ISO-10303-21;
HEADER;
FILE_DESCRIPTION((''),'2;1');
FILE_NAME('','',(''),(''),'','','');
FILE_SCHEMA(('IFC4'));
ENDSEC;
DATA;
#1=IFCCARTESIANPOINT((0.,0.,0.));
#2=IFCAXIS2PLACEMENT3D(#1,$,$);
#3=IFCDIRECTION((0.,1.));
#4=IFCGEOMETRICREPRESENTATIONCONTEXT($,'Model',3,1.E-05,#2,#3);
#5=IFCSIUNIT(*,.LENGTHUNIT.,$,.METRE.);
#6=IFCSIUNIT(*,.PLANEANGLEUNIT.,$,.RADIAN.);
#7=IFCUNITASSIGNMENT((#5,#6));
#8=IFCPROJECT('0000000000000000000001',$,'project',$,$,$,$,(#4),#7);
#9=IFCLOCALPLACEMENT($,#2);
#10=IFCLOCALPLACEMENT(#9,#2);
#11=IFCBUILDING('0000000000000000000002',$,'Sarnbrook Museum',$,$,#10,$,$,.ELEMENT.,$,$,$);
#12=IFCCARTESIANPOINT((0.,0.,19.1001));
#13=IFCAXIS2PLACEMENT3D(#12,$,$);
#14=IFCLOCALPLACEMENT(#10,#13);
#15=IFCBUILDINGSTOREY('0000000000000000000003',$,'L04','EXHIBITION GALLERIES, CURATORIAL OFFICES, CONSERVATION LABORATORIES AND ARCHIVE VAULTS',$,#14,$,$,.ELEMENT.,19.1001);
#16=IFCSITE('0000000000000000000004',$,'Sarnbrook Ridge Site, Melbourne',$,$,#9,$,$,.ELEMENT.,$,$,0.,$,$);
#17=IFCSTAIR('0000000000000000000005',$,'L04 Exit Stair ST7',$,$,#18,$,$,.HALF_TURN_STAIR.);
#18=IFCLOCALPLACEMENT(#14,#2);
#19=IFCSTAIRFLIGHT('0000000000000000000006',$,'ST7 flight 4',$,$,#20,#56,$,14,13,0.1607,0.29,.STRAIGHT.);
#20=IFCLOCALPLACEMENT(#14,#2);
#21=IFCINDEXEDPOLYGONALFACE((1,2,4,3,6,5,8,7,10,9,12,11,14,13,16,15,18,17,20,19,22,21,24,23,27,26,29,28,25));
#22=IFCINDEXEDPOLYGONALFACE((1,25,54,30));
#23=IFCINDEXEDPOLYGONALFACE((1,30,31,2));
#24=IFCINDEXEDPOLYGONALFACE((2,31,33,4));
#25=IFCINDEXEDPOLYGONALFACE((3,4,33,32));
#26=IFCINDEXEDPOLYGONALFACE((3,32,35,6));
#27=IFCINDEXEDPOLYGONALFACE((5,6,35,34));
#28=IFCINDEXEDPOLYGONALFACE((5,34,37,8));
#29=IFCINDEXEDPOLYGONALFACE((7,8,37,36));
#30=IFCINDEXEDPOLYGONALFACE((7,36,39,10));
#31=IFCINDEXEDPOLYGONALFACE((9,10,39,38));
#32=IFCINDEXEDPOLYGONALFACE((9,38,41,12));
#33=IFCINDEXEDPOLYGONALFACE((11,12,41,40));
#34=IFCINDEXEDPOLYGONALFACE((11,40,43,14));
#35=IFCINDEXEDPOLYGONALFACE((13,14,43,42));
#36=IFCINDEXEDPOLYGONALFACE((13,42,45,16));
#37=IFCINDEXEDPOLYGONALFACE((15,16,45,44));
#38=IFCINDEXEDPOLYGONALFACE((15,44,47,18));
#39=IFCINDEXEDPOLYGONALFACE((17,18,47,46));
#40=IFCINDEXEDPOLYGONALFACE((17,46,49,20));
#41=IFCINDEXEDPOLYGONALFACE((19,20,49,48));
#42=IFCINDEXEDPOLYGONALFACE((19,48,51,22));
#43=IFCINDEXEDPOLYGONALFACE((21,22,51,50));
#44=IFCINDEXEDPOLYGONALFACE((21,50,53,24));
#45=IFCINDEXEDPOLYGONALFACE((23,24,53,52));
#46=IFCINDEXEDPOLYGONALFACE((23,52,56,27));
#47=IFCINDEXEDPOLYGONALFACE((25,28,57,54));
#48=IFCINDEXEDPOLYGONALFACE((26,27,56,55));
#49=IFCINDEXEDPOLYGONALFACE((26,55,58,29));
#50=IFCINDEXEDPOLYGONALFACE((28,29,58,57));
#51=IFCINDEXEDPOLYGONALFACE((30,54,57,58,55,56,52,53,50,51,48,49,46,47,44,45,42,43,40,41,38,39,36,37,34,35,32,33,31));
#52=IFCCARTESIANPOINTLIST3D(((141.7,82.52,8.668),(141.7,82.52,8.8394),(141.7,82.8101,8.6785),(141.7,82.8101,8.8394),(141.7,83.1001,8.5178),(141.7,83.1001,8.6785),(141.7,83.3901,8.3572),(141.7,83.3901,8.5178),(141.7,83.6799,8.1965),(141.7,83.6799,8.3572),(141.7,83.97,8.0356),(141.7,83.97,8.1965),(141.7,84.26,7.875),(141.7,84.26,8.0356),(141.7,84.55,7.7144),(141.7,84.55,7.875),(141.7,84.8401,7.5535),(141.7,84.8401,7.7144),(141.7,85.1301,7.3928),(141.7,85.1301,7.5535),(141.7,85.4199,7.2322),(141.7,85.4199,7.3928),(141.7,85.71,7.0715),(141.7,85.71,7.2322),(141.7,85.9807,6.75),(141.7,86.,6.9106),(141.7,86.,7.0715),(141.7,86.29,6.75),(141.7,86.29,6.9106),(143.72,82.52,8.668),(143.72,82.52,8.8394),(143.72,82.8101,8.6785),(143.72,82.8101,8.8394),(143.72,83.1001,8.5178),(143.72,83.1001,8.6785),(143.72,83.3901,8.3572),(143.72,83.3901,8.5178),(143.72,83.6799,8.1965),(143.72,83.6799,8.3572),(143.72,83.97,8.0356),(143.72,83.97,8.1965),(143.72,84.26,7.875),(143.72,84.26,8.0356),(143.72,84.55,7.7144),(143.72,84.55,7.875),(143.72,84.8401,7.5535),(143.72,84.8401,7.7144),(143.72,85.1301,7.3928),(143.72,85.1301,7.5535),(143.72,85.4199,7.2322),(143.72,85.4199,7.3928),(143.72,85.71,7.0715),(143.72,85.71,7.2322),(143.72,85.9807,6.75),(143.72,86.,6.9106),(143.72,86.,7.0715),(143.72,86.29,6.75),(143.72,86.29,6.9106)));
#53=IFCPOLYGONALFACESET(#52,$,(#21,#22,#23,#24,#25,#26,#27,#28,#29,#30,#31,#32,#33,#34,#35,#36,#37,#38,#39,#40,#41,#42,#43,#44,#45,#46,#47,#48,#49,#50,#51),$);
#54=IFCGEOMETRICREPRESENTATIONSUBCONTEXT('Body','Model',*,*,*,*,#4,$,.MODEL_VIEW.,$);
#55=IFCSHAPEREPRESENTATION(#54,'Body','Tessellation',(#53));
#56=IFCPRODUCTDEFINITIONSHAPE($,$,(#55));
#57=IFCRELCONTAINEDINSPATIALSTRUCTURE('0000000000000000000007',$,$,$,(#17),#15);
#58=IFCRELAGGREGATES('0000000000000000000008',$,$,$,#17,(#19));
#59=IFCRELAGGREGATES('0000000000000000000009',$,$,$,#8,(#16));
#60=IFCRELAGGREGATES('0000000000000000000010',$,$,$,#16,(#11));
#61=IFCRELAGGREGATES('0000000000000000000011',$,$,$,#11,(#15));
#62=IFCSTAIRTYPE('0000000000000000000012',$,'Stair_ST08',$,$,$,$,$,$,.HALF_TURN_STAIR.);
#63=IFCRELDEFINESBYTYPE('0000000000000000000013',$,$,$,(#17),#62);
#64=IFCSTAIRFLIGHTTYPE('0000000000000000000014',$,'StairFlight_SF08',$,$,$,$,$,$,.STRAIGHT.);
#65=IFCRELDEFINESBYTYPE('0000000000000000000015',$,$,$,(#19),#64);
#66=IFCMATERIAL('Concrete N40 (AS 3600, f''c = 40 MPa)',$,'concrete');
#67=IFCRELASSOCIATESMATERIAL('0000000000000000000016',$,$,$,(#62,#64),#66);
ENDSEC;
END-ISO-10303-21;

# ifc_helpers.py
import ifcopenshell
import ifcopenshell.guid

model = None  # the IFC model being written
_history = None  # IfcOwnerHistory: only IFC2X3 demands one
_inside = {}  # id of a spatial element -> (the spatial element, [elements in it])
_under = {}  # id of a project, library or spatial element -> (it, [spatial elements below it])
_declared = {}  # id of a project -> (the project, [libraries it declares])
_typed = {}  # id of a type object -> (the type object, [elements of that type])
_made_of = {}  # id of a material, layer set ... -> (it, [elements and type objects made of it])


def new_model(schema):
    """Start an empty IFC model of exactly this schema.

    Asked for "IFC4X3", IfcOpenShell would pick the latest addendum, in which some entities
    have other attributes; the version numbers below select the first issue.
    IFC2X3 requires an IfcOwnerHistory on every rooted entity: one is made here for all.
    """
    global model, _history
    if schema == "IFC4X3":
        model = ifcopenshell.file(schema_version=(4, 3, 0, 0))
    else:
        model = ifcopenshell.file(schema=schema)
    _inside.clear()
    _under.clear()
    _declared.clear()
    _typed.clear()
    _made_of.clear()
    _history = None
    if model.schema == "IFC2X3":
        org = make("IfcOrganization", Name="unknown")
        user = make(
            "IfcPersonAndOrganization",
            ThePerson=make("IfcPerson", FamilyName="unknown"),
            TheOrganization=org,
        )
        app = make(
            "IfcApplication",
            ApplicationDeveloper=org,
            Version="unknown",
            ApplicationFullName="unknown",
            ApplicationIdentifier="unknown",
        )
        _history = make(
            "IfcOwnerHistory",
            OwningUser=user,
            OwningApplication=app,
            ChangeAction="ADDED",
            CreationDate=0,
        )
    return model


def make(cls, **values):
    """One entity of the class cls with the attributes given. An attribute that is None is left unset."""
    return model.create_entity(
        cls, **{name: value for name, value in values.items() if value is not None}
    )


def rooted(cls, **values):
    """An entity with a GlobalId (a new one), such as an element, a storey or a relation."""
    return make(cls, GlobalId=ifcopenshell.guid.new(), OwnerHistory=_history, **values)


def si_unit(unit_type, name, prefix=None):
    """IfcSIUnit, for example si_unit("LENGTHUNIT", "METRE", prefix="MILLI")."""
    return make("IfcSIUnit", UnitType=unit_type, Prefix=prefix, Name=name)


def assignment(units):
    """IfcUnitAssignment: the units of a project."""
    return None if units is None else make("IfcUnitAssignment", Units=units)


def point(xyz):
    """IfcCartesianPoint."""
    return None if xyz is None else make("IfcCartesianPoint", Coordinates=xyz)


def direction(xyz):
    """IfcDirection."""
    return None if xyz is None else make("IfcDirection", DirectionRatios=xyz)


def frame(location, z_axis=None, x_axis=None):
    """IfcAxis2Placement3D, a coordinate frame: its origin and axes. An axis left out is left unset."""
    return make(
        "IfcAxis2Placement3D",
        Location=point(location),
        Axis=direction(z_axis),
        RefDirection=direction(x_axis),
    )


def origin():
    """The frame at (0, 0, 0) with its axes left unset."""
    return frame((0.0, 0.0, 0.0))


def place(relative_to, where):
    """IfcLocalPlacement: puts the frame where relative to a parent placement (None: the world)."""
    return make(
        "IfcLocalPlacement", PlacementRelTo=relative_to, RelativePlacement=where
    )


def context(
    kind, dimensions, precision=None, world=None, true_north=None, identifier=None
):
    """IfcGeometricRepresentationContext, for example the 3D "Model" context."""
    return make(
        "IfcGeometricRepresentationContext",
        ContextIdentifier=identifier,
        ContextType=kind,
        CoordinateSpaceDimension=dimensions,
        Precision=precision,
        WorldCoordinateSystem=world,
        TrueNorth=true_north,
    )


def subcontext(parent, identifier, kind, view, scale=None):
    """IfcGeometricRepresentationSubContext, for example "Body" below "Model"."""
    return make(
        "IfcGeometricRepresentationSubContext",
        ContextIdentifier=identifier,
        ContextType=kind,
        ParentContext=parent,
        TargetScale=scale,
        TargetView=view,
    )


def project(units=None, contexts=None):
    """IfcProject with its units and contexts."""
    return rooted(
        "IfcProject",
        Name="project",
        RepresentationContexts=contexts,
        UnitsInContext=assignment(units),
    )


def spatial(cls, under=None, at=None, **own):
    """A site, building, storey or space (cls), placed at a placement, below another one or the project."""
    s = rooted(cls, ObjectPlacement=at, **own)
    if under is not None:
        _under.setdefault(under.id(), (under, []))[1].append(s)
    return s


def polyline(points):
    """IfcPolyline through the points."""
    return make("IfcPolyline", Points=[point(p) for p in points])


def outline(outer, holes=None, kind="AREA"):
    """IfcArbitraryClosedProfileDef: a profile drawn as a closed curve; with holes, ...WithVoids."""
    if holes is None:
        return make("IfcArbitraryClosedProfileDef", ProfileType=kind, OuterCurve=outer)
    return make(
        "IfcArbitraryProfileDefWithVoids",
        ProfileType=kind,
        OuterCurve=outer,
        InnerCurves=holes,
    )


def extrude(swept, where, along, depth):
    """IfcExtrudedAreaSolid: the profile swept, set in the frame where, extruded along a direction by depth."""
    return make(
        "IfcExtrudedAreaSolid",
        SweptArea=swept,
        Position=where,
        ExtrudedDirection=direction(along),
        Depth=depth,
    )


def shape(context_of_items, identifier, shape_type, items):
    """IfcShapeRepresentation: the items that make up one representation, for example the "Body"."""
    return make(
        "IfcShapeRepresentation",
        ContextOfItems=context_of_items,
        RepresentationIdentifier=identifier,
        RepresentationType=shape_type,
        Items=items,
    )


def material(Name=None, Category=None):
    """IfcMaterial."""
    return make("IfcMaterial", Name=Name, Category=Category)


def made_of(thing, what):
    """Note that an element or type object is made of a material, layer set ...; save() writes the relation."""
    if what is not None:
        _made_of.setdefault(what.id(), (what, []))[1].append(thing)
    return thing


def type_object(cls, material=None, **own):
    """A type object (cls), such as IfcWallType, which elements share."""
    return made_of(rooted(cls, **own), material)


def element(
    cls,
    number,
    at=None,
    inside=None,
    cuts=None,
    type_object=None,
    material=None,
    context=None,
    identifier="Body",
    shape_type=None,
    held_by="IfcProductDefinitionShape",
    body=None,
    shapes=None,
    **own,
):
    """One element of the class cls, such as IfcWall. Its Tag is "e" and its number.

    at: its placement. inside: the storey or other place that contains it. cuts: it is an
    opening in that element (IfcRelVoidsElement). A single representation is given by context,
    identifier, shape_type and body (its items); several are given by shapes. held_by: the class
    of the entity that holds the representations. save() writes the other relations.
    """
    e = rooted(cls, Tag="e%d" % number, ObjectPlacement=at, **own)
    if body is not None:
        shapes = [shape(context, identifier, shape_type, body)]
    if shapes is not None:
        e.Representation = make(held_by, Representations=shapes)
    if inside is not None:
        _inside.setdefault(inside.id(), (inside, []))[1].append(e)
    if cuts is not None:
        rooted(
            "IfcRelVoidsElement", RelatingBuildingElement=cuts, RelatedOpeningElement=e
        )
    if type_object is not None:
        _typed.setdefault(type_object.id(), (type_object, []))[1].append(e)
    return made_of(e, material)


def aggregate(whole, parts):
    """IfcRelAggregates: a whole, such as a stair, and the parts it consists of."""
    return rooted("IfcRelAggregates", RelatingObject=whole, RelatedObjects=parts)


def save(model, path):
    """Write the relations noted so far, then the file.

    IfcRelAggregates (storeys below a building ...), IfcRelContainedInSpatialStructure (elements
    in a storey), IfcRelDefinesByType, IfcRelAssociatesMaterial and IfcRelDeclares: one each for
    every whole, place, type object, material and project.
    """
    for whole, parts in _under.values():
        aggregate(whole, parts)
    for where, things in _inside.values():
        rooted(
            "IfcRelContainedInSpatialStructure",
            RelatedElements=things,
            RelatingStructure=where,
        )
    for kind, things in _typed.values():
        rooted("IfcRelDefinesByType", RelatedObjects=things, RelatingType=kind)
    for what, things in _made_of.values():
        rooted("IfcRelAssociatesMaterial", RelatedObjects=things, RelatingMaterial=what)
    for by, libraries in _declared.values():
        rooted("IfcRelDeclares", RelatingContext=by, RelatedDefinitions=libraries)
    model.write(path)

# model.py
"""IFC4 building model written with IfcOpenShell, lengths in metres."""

from ifc_helpers import new_model, si_unit, direction, frame, origin, place, context, subcontext, project, spatial, polyline, outline, extrude, material, type_object, element, aggregate, save


model = new_model("IFC4")

# Units and contexts
model_context = context("Model", 3, precision=1e-05, world=origin(), true_north=direction((0.0, 1.0)))
body_context = subcontext(model_context, "Body", "Model", "MODEL_VIEW")
ifc_project = project(units=[si_unit("LENGTHUNIT", "METRE"), si_unit("PLANEANGLEUNIT", "RADIAN")], contexts=[model_context])

# Site, building, storey
site_placement = place(None, origin())
site = spatial("IfcSite", under=ifc_project, at=site_placement, Name="Sarnbrook Ridge Site, Melbourne", CompositionType="ELEMENT", RefElevation=0.0)
building_placement = place(site_placement, origin())
building = spatial("IfcBuilding", under=site, at=building_placement, Name="Sarnbrook Museum", CompositionType="ELEMENT")
storey_placement = place(building_placement, frame((0.0, 0.0, 19.1001)))
storey = spatial("IfcBuildingStorey", under=building, at=storey_placement, Name="L04", Description="EXHIBITION GALLERIES, CURATORIAL OFFICES, CONSERVATION LABORATORIES AND ARCHIVE VAULTS", CompositionType="ELEMENT", Elevation=19.1001)

# Stair, stair flight
ifc_material_1 = material(Name="Concrete N40 (AS 3600, f'c = 40 MPa)", Category="concrete")
stair_type = type_object("IfcStairType", Name="Stair_ST08", PredefinedType="HALF_TURN_STAIR", material=ifc_material_1)
stair_placement = place(storey_placement, origin())
stair = element("IfcStair", 1, at=stair_placement, inside=storey, type_object=stair_type, Name="L04 Exit Stair ST7", PredefinedType="HALF_TURN_STAIR")
stair_flight_type = type_object("IfcStairFlightType", Name="StairFlight_SF08", PredefinedType="STRAIGHT", material=ifc_material_1)
stair_flight_1_placement = place(storey_placement, frame((142.71, 86.29, 6.75), z_axis=(0.0, 0.0, 1.0), x_axis=(0.0, -1.0, 0.0)))
stair_flight_1 = element("IfcStairFlight", 2, at=stair_flight_1_placement, type_object=stair_flight_type, Name="ST7 flight 4", NumberOfRisers=14, NumberOfTreads=13, PredefinedType="STRAIGHT", RiserHeight=0.1607, TreadLength=0.29, context=body_context, shape_type="SweptSolid", body=[
    extrude(outline(polyline([(0.0, 0.0), (0.0, 0.1606), (0.29, 0.1606), (0.29, 0.3215), (0.5801, 0.3215), (0.5801, 0.4822), (0.8701, 0.4822), (0.8701, 0.6428), (1.1599, 0.6428), (1.1599, 0.8035), (1.45, 0.8035), (1.45, 0.9644), (1.74, 0.9644), (1.74, 1.125), (2.03, 1.125), (2.03, 1.2856), (2.3201, 1.2856), (2.3201, 1.4465), (2.6101, 1.4465), (2.6101, 1.6072), (2.8999, 1.6072), (2.8999, 1.7678), (3.1899, 1.7678), (3.1899, 1.9285), (3.48, 1.9285), (3.48, 2.0894), (3.77, 2.0894), (3.77, 2.25), (3.77, 1.918), (0.3093, 0.0), (0.0, 0.0)])), frame((0.0, 1.01, 0.0), z_axis=(0.0, -1.0, 0.0), x_axis=(1.0, 0.0, 0.0)), (0.0, 0.0, 1.0), 2.02),
])
aggregate(stair, [stair_flight_1])

save(model, "model.ifc")
